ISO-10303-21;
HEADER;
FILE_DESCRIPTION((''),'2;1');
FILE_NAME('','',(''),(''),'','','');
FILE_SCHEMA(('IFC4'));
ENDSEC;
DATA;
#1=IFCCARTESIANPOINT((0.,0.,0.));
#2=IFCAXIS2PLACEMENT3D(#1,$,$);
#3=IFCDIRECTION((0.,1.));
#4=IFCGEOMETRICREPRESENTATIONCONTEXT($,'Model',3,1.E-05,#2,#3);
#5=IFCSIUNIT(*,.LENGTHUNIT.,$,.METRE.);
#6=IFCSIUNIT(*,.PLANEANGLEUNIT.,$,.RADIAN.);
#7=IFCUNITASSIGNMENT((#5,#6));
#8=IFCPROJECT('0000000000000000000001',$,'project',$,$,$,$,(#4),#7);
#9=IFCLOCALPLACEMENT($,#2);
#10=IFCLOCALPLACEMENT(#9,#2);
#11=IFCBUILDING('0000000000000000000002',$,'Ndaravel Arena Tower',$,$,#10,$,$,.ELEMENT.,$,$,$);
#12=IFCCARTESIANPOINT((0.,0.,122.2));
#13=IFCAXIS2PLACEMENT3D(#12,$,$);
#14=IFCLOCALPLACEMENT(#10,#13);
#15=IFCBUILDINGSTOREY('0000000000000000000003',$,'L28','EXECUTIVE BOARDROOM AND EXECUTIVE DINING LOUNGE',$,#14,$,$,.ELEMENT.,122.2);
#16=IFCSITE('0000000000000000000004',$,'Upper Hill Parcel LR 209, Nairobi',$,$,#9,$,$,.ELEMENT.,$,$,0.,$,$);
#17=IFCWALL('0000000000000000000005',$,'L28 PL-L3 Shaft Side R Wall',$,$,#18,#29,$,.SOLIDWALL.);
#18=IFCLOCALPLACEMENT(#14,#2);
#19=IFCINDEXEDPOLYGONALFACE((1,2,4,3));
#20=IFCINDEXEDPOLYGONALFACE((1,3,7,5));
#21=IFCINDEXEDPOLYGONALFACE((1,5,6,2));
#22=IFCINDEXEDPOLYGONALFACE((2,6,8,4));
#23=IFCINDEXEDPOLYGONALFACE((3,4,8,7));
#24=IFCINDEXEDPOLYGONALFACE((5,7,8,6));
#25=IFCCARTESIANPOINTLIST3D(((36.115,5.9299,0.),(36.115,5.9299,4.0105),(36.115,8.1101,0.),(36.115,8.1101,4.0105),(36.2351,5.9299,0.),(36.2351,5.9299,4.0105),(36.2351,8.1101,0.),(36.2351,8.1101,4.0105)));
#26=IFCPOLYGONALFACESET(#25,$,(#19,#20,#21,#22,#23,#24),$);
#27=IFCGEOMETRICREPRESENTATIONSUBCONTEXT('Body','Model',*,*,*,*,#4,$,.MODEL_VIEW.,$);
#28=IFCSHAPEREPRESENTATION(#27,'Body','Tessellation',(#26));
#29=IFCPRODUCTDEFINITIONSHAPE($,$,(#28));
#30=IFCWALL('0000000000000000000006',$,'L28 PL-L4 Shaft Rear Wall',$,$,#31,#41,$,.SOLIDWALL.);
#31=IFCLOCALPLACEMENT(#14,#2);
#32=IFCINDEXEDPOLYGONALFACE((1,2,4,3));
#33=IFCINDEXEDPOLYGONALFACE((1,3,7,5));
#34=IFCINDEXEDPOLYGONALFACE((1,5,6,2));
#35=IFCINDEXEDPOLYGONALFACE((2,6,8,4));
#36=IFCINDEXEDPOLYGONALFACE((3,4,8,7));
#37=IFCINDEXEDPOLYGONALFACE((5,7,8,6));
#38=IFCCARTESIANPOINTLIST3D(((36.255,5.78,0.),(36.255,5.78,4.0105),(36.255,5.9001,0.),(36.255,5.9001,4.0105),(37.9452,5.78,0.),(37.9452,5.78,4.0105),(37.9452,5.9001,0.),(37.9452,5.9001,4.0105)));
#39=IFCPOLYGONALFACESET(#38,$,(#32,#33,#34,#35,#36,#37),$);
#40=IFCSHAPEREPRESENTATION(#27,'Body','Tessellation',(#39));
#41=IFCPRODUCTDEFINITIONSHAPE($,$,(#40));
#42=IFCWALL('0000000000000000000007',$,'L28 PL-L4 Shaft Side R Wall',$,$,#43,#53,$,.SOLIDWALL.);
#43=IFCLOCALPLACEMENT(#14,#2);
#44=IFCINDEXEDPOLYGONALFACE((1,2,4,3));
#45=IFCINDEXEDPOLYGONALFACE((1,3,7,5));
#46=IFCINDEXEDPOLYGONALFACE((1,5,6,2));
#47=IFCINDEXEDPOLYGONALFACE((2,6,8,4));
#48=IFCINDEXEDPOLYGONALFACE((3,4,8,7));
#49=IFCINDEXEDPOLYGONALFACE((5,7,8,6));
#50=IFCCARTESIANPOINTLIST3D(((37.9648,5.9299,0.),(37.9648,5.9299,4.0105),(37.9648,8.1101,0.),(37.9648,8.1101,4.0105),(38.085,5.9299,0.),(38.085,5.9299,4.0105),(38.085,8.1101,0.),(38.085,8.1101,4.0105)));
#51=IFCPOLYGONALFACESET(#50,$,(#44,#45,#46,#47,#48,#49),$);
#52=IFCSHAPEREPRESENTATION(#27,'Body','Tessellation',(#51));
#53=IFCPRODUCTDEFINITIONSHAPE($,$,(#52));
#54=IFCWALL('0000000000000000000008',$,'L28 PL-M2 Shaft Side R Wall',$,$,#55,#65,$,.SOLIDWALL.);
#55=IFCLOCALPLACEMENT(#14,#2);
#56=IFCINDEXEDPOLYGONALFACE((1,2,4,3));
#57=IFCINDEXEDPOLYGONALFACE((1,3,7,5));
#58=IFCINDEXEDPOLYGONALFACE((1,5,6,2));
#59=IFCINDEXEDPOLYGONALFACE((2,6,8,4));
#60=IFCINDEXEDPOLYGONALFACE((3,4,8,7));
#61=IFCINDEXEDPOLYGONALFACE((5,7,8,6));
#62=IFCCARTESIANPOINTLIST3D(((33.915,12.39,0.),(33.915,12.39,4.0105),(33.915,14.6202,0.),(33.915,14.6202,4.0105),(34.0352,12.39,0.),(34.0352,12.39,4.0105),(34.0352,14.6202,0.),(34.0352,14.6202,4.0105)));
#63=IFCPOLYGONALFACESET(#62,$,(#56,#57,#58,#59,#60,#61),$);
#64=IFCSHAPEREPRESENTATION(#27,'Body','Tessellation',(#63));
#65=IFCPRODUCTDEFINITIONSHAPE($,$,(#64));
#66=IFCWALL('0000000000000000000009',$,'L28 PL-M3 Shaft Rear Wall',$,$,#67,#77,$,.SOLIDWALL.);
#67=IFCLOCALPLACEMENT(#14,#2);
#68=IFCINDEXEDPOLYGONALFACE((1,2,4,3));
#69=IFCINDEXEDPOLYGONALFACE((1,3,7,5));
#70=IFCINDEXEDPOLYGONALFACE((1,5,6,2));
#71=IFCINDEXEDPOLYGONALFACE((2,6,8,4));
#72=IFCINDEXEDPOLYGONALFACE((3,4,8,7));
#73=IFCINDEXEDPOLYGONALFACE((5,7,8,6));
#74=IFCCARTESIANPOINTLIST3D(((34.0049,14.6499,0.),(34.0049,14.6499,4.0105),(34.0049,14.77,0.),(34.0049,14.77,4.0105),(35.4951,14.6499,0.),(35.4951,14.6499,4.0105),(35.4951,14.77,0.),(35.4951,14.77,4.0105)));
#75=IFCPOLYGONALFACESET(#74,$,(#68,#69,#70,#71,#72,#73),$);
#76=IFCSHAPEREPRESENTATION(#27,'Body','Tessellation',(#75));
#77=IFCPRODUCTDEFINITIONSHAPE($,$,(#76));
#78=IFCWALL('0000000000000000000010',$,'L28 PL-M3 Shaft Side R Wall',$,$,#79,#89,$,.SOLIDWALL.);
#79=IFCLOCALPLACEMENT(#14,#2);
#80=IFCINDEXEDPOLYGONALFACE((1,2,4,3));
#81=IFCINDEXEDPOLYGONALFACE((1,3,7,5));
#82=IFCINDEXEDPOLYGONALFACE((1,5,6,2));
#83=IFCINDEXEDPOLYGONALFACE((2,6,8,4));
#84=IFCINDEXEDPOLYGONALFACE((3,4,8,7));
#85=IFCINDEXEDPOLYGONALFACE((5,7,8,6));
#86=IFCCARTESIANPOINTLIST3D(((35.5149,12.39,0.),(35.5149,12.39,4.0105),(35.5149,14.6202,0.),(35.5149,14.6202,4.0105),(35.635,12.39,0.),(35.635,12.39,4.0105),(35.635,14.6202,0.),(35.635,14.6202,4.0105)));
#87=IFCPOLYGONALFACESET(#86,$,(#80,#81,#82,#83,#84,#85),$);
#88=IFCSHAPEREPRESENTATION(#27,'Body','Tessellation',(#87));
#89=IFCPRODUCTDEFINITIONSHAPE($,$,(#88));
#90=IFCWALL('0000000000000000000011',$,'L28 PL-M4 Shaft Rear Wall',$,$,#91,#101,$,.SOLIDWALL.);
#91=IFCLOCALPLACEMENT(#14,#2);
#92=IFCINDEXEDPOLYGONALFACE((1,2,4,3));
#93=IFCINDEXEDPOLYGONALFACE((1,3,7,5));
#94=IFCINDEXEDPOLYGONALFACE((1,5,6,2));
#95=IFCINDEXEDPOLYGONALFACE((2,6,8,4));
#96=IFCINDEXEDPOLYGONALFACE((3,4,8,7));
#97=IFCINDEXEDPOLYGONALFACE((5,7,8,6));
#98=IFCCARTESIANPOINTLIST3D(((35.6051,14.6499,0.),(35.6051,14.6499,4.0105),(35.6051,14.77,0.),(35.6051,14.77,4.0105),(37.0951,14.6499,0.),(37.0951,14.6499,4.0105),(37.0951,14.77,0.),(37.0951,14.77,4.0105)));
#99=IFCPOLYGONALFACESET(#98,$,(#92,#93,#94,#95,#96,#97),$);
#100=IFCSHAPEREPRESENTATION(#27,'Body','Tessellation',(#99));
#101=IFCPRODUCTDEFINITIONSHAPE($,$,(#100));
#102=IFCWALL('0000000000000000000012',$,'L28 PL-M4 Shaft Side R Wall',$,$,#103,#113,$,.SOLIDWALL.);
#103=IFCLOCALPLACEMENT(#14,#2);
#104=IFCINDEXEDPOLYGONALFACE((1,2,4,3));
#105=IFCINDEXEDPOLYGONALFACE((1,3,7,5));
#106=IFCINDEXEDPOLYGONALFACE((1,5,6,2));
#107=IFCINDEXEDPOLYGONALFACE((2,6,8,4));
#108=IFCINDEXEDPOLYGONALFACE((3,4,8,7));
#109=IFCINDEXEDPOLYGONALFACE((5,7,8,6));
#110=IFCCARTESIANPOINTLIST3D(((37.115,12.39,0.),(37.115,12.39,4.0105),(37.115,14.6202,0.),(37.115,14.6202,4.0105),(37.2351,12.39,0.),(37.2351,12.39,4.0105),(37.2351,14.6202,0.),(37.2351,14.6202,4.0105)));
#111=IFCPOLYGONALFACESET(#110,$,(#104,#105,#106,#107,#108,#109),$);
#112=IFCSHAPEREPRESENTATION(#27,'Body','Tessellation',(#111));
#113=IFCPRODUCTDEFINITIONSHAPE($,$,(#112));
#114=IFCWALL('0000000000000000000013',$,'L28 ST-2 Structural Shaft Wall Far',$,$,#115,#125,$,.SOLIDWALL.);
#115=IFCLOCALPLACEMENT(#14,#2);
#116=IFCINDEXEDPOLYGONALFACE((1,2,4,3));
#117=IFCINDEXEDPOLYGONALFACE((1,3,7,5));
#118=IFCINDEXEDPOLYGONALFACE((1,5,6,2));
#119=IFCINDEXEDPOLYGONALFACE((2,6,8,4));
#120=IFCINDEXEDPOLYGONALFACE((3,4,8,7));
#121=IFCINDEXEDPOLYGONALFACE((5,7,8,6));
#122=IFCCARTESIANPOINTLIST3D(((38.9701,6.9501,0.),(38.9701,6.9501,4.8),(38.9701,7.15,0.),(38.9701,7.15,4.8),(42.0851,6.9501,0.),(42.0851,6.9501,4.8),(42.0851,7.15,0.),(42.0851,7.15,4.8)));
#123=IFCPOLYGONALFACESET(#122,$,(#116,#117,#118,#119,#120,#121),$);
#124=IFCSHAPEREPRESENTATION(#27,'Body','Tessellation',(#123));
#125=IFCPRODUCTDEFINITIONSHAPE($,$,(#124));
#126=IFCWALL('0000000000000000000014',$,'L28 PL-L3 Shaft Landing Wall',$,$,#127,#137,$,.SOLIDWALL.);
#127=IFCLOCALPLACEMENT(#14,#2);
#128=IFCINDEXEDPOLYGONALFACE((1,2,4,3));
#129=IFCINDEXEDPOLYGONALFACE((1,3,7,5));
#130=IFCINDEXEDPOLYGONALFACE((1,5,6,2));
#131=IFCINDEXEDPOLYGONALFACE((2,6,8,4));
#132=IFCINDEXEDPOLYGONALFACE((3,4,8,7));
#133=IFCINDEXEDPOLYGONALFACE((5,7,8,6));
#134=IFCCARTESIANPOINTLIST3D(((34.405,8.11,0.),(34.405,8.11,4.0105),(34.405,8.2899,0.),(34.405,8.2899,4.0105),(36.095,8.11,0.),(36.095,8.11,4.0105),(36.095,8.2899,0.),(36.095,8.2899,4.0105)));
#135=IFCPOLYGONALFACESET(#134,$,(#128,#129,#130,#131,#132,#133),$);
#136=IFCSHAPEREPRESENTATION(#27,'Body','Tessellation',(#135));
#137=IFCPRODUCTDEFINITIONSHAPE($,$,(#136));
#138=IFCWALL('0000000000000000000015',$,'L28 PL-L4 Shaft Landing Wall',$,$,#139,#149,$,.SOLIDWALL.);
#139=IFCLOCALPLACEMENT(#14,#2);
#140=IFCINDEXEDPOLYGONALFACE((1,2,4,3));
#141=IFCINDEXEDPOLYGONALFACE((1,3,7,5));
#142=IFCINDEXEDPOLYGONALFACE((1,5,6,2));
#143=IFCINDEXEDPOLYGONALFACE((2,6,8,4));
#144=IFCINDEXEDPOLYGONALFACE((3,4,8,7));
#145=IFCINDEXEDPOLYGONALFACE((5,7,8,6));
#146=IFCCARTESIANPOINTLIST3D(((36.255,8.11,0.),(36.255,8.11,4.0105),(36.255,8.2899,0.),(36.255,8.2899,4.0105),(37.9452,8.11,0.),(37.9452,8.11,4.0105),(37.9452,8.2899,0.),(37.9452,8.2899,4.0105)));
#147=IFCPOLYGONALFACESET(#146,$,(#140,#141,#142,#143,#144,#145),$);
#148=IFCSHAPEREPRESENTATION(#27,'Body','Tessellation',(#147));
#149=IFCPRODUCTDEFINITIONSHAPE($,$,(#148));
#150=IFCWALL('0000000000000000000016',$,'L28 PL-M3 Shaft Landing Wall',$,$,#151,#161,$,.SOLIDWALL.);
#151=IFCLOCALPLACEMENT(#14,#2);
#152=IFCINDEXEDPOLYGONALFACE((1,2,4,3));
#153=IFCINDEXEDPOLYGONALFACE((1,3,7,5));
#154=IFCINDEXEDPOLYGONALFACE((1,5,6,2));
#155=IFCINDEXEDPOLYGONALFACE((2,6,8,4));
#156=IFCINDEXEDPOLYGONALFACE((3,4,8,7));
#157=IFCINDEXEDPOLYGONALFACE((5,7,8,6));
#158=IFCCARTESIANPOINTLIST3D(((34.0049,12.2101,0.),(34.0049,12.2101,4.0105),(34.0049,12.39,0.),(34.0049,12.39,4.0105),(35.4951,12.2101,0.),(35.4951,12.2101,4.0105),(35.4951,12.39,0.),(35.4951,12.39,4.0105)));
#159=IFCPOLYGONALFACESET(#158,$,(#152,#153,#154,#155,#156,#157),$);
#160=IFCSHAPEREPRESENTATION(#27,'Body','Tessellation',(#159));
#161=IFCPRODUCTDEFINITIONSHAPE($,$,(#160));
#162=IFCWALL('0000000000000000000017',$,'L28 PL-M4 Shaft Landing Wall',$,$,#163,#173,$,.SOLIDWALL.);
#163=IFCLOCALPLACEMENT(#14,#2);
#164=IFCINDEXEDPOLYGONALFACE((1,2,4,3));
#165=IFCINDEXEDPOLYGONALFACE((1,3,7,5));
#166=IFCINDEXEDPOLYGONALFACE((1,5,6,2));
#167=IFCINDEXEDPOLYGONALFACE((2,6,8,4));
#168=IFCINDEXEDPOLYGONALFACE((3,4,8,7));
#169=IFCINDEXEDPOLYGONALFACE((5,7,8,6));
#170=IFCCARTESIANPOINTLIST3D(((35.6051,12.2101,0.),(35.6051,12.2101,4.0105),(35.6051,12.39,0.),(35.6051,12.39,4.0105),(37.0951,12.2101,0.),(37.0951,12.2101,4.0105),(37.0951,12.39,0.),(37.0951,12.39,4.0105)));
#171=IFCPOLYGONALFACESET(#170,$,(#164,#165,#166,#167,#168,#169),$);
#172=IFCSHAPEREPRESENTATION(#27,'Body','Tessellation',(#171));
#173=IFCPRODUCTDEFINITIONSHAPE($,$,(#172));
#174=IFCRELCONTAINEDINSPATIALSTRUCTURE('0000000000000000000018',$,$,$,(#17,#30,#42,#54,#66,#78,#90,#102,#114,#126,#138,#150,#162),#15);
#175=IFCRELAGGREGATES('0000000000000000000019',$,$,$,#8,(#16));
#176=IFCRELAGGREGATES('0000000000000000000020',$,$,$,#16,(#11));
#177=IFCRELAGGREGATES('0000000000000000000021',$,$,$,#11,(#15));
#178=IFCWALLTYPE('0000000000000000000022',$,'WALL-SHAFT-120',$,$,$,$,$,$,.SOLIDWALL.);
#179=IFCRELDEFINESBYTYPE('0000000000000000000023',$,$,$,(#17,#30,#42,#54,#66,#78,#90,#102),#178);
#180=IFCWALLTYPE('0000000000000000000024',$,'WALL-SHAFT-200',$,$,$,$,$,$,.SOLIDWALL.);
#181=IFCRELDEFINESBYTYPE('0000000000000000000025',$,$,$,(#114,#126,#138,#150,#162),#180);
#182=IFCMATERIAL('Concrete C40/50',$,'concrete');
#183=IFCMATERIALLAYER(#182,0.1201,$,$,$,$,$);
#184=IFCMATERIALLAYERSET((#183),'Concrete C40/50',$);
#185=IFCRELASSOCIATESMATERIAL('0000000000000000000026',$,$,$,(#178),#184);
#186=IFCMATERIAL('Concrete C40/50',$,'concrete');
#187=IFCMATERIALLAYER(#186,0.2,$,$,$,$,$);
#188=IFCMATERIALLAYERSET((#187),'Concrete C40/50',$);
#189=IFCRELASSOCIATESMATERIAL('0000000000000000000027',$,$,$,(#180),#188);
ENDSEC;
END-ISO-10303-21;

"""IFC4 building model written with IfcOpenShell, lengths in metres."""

from ifc_helpers import new_model, si_unit, direction, frame, frame_2d, origin, place, context, subcontext, project, spatial, rectangle, extrude, material, layer, layer_set, type_object, element, save


model = new_model("IFC4")

# Units and contexts
model_context = context("Model", 3, precision=1e-05, world=origin(), true_north=direction((0.0, 1.0)))
body_context = subcontext(model_context, "Body", "Model", "MODEL_VIEW")
ifc_project = project(units=[si_unit("LENGTHUNIT", "METRE"), si_unit("PLANEANGLEUNIT", "RADIAN")], contexts=[model_context])

# Site, building, storey
site_placement = place(None, origin())
site = spatial("IfcSite", under=ifc_project, at=site_placement, Name="Upper Hill Parcel LR 209, Nairobi", CompositionType="ELEMENT", RefElevation=0.0)
building_placement = place(site_placement, origin())
building = spatial("IfcBuilding", under=site, at=building_placement, Name="Ndaravel Arena Tower", CompositionType="ELEMENT")
storey_placement = place(building_placement, frame((0.0, 0.0, 122.2)))
storey = spatial("IfcBuildingStorey", under=building, at=storey_placement, Name="L28", Description="EXECUTIVE BOARDROOM AND EXECUTIVE DINING LOUNGE", CompositionType="ELEMENT", Elevation=122.2)

# Walls
ifc_material_1 = material(Name="Concrete C40/50", Category="concrete")
ifc_layer_1 = layer(ifc_material_1, 0.1201)
ifc_layer_set_1 = layer_set([ifc_layer_1], Name="Concrete C40/50")
wall_type_1 = type_object("IfcWallType", Name="WALL-SHAFT-120", PredefinedType="SOLIDWALL", material=ifc_layer_set_1)
wall_1_placement = place(storey_placement, frame((36.175, 5.9299, 0.0), z_axis=(0.0, 0.0, 1.0), x_axis=(0.0, 1.0, 0.0)))
element("IfcWall", 1, at=wall_1_placement, inside=storey, type_object=wall_type_1, Name="L28 PL-L3 Shaft Side R Wall", PredefinedType="SOLIDWALL", context=body_context, shape_type="SweptSolid", body=[
    extrude(rectangle(XDim=2.1802, YDim=0.1201, at=frame_2d((1.0901, 0.0))), origin(), (0.0, 0.0, 1.0), 4.0105),
])
wall_2_placement = place(storey_placement, frame((36.2549, 5.8401, 0.0), z_axis=(0.0, 0.0, 1.0), x_axis=(1.0, 0.0, 0.0)))
element("IfcWall", 2, at=wall_2_placement, inside=storey, type_object=wall_type_1, Name="L28 PL-L4 Shaft Rear Wall", PredefinedType="SOLIDWALL", context=body_context, shape_type="SweptSolid", body=[
    extrude(rectangle(XDim=1.6902, YDim=0.1201, at=frame_2d((0.8452, 0.0))), origin(), (0.0, 0.0, 1.0), 4.0105),
])
wall_3_placement = place(storey_placement, frame((38.0249, 5.9299, 0.0), z_axis=(0.0, 0.0, 1.0), x_axis=(0.0, 1.0, 0.0)))
element("IfcWall", 3, at=wall_3_placement, inside=storey, type_object=wall_type_1, Name="L28 PL-L4 Shaft Side R Wall", PredefinedType="SOLIDWALL", context=body_context, shape_type="SweptSolid", body=[
    extrude(rectangle(XDim=2.1802, YDim=0.1201, at=frame_2d((1.0901, 0.0))), origin(), (0.0, 0.0, 1.0), 4.0105),
])
wall_4_placement = place(storey_placement, frame((33.9751, 12.3899, 0.0), z_axis=(0.0, 0.0, 1.0), x_axis=(0.0, 1.0, 0.0)))
element("IfcWall", 4, at=wall_4_placement, inside=storey, type_object=wall_type_1, Name="L28 PL-M2 Shaft Side R Wall", PredefinedType="SOLIDWALL", context=body_context, shape_type="SweptSolid", body=[
    extrude(rectangle(XDim=2.2302, YDim=0.1201, at=frame_2d((1.1152, 0.0))), origin(), (0.0, 0.0, 1.0), 4.0105),
])
wall_5_placement = place(storey_placement, frame((34.0049, 14.71, 0.0), z_axis=(0.0, 0.0, 1.0), x_axis=(1.0, 0.0, 0.0)))
element("IfcWall", 5, at=wall_5_placement, inside=storey, type_object=wall_type_1, Name="L28 PL-M3 Shaft Rear Wall", PredefinedType="SOLIDWALL", context=body_context, shape_type="SweptSolid", body=[
    extrude(rectangle(XDim=1.4902, YDim=0.1201, at=frame_2d((0.7451, 0.0))), origin(), (0.0, 0.0, 1.0), 4.0105),
])
wall_6_placement = place(storey_placement, frame((35.575, 12.3899, 0.0), z_axis=(0.0, 0.0, 1.0), x_axis=(0.0, 1.0, 0.0)))
element("IfcWall", 6, at=wall_6_placement, inside=storey, type_object=wall_type_1, Name="L28 PL-M3 Shaft Side R Wall", PredefinedType="SOLIDWALL", context=body_context, shape_type="SweptSolid", body=[
    extrude(rectangle(XDim=2.2302, YDim=0.1201, at=frame_2d((1.1152, 0.0))), origin(), (0.0, 0.0, 1.0), 4.0105),
])
wall_7_placement = place(storey_placement, frame((35.605, 14.71, 0.0), z_axis=(0.0, 0.0, 1.0), x_axis=(1.0, 0.0, 0.0)))
element("IfcWall", 7, at=wall_7_placement, inside=storey, type_object=wall_type_1, Name="L28 PL-M4 Shaft Rear Wall", PredefinedType="SOLIDWALL", context=body_context, shape_type="SweptSolid", body=[
    extrude(rectangle(XDim=1.49, YDim=0.1201, at=frame_2d((0.7451, 0.0))), origin(), (0.0, 0.0, 1.0), 4.0105),
])
wall_8_placement = place(storey_placement, frame((37.175, 12.3899, 0.0), z_axis=(0.0, 0.0, 1.0), x_axis=(0.0, 1.0, 0.0)))
element("IfcWall", 8, at=wall_8_placement, inside=storey, type_object=wall_type_1, Name="L28 PL-M4 Shaft Side R Wall", PredefinedType="SOLIDWALL", context=body_context, shape_type="SweptSolid", body=[
    extrude(rectangle(XDim=2.2302, YDim=0.1201, at=frame_2d((1.1152, 0.0))), origin(), (0.0, 0.0, 1.0), 4.0105),
])
ifc_material_2 = material(Name="Concrete C40/50", Category="concrete")
ifc_layer_2 = layer(ifc_material_2, 0.2)
ifc_layer_set_2 = layer_set([ifc_layer_2], Name="Concrete C40/50")
wall_type_2 = type_object("IfcWallType", Name="WALL-SHAFT-200", PredefinedType="SOLIDWALL", material=ifc_layer_set_2)
wall_9_placement = place(storey_placement, frame((38.97, 7.05, 0.0), z_axis=(0.0, 0.0, 1.0), x_axis=(1.0, 0.0, 0.0)))
element("IfcWall", 9, at=wall_9_placement, inside=storey, type_object=wall_type_2, Name="L28 ST-2 Structural Shaft Wall Far", PredefinedType="SOLIDWALL", context=body_context, shape_type="SweptSolid", body=[
    extrude(rectangle(XDim=3.115, YDim=0.2, at=frame_2d((1.5576, 0.0))), origin(), (0.0, 0.0, 1.0), 4.8),
])
wall_10_placement = place(storey_placement, frame((34.405, 8.2, 0.0), z_axis=(0.0, 0.0, 1.0), x_axis=(1.0, 0.0, 0.0)))
element("IfcWall", 10, at=wall_10_placement, inside=storey, type_object=wall_type_2, Name="L28 PL-L3 Shaft Landing Wall", PredefinedType="SOLIDWALL", context=body_context, shape_type="SweptSolid", body=[
    extrude(rectangle(XDim=1.6899, YDim=0.1799, at=frame_2d((0.845, 0.0))), origin(), (0.0, 0.0, 1.0), 4.0105),
])
wall_11_placement = place(storey_placement, frame((36.2549, 8.2, 0.0), z_axis=(0.0, 0.0, 1.0), x_axis=(1.0, 0.0, 0.0)))
element("IfcWall", 11, at=wall_11_placement, inside=storey, type_object=wall_type_2, Name="L28 PL-L4 Shaft Landing Wall", PredefinedType="SOLIDWALL", context=body_context, shape_type="SweptSolid", body=[
    extrude(rectangle(XDim=1.6902, YDim=0.1799, at=frame_2d((0.8452, 0.0))), origin(), (0.0, 0.0, 1.0), 4.0105),
])
wall_12_placement = place(storey_placement, frame((34.0049, 12.3, 0.0), z_axis=(0.0, 0.0, 1.0), x_axis=(1.0, 0.0, 0.0)))
element("IfcWall", 12, at=wall_12_placement, inside=storey, type_object=wall_type_2, Name="L28 PL-M3 Shaft Landing Wall", PredefinedType="SOLIDWALL", context=body_context, shape_type="SweptSolid", body=[
    extrude(rectangle(XDim=1.4902, YDim=0.1799, at=frame_2d((0.7451, 0.0))), origin(), (0.0, 0.0, 1.0), 4.0105),
])
wall_13_placement = place(storey_placement, frame((35.605, 12.3, 0.0), z_axis=(0.0, 0.0, 1.0), x_axis=(1.0, 0.0, 0.0)))
element("IfcWall", 13, at=wall_13_placement, inside=storey, type_object=wall_type_2, Name="L28 PL-M4 Shaft Landing Wall", PredefinedType="SOLIDWALL", context=body_context, shape_type="SweptSolid", body=[
    extrude(rectangle(XDim=1.49, YDim=0.1799, at=frame_2d((0.7451, 0.0))), origin(), (0.0, 0.0, 1.0), 4.0105),
])

save(model, "model.ifc")
